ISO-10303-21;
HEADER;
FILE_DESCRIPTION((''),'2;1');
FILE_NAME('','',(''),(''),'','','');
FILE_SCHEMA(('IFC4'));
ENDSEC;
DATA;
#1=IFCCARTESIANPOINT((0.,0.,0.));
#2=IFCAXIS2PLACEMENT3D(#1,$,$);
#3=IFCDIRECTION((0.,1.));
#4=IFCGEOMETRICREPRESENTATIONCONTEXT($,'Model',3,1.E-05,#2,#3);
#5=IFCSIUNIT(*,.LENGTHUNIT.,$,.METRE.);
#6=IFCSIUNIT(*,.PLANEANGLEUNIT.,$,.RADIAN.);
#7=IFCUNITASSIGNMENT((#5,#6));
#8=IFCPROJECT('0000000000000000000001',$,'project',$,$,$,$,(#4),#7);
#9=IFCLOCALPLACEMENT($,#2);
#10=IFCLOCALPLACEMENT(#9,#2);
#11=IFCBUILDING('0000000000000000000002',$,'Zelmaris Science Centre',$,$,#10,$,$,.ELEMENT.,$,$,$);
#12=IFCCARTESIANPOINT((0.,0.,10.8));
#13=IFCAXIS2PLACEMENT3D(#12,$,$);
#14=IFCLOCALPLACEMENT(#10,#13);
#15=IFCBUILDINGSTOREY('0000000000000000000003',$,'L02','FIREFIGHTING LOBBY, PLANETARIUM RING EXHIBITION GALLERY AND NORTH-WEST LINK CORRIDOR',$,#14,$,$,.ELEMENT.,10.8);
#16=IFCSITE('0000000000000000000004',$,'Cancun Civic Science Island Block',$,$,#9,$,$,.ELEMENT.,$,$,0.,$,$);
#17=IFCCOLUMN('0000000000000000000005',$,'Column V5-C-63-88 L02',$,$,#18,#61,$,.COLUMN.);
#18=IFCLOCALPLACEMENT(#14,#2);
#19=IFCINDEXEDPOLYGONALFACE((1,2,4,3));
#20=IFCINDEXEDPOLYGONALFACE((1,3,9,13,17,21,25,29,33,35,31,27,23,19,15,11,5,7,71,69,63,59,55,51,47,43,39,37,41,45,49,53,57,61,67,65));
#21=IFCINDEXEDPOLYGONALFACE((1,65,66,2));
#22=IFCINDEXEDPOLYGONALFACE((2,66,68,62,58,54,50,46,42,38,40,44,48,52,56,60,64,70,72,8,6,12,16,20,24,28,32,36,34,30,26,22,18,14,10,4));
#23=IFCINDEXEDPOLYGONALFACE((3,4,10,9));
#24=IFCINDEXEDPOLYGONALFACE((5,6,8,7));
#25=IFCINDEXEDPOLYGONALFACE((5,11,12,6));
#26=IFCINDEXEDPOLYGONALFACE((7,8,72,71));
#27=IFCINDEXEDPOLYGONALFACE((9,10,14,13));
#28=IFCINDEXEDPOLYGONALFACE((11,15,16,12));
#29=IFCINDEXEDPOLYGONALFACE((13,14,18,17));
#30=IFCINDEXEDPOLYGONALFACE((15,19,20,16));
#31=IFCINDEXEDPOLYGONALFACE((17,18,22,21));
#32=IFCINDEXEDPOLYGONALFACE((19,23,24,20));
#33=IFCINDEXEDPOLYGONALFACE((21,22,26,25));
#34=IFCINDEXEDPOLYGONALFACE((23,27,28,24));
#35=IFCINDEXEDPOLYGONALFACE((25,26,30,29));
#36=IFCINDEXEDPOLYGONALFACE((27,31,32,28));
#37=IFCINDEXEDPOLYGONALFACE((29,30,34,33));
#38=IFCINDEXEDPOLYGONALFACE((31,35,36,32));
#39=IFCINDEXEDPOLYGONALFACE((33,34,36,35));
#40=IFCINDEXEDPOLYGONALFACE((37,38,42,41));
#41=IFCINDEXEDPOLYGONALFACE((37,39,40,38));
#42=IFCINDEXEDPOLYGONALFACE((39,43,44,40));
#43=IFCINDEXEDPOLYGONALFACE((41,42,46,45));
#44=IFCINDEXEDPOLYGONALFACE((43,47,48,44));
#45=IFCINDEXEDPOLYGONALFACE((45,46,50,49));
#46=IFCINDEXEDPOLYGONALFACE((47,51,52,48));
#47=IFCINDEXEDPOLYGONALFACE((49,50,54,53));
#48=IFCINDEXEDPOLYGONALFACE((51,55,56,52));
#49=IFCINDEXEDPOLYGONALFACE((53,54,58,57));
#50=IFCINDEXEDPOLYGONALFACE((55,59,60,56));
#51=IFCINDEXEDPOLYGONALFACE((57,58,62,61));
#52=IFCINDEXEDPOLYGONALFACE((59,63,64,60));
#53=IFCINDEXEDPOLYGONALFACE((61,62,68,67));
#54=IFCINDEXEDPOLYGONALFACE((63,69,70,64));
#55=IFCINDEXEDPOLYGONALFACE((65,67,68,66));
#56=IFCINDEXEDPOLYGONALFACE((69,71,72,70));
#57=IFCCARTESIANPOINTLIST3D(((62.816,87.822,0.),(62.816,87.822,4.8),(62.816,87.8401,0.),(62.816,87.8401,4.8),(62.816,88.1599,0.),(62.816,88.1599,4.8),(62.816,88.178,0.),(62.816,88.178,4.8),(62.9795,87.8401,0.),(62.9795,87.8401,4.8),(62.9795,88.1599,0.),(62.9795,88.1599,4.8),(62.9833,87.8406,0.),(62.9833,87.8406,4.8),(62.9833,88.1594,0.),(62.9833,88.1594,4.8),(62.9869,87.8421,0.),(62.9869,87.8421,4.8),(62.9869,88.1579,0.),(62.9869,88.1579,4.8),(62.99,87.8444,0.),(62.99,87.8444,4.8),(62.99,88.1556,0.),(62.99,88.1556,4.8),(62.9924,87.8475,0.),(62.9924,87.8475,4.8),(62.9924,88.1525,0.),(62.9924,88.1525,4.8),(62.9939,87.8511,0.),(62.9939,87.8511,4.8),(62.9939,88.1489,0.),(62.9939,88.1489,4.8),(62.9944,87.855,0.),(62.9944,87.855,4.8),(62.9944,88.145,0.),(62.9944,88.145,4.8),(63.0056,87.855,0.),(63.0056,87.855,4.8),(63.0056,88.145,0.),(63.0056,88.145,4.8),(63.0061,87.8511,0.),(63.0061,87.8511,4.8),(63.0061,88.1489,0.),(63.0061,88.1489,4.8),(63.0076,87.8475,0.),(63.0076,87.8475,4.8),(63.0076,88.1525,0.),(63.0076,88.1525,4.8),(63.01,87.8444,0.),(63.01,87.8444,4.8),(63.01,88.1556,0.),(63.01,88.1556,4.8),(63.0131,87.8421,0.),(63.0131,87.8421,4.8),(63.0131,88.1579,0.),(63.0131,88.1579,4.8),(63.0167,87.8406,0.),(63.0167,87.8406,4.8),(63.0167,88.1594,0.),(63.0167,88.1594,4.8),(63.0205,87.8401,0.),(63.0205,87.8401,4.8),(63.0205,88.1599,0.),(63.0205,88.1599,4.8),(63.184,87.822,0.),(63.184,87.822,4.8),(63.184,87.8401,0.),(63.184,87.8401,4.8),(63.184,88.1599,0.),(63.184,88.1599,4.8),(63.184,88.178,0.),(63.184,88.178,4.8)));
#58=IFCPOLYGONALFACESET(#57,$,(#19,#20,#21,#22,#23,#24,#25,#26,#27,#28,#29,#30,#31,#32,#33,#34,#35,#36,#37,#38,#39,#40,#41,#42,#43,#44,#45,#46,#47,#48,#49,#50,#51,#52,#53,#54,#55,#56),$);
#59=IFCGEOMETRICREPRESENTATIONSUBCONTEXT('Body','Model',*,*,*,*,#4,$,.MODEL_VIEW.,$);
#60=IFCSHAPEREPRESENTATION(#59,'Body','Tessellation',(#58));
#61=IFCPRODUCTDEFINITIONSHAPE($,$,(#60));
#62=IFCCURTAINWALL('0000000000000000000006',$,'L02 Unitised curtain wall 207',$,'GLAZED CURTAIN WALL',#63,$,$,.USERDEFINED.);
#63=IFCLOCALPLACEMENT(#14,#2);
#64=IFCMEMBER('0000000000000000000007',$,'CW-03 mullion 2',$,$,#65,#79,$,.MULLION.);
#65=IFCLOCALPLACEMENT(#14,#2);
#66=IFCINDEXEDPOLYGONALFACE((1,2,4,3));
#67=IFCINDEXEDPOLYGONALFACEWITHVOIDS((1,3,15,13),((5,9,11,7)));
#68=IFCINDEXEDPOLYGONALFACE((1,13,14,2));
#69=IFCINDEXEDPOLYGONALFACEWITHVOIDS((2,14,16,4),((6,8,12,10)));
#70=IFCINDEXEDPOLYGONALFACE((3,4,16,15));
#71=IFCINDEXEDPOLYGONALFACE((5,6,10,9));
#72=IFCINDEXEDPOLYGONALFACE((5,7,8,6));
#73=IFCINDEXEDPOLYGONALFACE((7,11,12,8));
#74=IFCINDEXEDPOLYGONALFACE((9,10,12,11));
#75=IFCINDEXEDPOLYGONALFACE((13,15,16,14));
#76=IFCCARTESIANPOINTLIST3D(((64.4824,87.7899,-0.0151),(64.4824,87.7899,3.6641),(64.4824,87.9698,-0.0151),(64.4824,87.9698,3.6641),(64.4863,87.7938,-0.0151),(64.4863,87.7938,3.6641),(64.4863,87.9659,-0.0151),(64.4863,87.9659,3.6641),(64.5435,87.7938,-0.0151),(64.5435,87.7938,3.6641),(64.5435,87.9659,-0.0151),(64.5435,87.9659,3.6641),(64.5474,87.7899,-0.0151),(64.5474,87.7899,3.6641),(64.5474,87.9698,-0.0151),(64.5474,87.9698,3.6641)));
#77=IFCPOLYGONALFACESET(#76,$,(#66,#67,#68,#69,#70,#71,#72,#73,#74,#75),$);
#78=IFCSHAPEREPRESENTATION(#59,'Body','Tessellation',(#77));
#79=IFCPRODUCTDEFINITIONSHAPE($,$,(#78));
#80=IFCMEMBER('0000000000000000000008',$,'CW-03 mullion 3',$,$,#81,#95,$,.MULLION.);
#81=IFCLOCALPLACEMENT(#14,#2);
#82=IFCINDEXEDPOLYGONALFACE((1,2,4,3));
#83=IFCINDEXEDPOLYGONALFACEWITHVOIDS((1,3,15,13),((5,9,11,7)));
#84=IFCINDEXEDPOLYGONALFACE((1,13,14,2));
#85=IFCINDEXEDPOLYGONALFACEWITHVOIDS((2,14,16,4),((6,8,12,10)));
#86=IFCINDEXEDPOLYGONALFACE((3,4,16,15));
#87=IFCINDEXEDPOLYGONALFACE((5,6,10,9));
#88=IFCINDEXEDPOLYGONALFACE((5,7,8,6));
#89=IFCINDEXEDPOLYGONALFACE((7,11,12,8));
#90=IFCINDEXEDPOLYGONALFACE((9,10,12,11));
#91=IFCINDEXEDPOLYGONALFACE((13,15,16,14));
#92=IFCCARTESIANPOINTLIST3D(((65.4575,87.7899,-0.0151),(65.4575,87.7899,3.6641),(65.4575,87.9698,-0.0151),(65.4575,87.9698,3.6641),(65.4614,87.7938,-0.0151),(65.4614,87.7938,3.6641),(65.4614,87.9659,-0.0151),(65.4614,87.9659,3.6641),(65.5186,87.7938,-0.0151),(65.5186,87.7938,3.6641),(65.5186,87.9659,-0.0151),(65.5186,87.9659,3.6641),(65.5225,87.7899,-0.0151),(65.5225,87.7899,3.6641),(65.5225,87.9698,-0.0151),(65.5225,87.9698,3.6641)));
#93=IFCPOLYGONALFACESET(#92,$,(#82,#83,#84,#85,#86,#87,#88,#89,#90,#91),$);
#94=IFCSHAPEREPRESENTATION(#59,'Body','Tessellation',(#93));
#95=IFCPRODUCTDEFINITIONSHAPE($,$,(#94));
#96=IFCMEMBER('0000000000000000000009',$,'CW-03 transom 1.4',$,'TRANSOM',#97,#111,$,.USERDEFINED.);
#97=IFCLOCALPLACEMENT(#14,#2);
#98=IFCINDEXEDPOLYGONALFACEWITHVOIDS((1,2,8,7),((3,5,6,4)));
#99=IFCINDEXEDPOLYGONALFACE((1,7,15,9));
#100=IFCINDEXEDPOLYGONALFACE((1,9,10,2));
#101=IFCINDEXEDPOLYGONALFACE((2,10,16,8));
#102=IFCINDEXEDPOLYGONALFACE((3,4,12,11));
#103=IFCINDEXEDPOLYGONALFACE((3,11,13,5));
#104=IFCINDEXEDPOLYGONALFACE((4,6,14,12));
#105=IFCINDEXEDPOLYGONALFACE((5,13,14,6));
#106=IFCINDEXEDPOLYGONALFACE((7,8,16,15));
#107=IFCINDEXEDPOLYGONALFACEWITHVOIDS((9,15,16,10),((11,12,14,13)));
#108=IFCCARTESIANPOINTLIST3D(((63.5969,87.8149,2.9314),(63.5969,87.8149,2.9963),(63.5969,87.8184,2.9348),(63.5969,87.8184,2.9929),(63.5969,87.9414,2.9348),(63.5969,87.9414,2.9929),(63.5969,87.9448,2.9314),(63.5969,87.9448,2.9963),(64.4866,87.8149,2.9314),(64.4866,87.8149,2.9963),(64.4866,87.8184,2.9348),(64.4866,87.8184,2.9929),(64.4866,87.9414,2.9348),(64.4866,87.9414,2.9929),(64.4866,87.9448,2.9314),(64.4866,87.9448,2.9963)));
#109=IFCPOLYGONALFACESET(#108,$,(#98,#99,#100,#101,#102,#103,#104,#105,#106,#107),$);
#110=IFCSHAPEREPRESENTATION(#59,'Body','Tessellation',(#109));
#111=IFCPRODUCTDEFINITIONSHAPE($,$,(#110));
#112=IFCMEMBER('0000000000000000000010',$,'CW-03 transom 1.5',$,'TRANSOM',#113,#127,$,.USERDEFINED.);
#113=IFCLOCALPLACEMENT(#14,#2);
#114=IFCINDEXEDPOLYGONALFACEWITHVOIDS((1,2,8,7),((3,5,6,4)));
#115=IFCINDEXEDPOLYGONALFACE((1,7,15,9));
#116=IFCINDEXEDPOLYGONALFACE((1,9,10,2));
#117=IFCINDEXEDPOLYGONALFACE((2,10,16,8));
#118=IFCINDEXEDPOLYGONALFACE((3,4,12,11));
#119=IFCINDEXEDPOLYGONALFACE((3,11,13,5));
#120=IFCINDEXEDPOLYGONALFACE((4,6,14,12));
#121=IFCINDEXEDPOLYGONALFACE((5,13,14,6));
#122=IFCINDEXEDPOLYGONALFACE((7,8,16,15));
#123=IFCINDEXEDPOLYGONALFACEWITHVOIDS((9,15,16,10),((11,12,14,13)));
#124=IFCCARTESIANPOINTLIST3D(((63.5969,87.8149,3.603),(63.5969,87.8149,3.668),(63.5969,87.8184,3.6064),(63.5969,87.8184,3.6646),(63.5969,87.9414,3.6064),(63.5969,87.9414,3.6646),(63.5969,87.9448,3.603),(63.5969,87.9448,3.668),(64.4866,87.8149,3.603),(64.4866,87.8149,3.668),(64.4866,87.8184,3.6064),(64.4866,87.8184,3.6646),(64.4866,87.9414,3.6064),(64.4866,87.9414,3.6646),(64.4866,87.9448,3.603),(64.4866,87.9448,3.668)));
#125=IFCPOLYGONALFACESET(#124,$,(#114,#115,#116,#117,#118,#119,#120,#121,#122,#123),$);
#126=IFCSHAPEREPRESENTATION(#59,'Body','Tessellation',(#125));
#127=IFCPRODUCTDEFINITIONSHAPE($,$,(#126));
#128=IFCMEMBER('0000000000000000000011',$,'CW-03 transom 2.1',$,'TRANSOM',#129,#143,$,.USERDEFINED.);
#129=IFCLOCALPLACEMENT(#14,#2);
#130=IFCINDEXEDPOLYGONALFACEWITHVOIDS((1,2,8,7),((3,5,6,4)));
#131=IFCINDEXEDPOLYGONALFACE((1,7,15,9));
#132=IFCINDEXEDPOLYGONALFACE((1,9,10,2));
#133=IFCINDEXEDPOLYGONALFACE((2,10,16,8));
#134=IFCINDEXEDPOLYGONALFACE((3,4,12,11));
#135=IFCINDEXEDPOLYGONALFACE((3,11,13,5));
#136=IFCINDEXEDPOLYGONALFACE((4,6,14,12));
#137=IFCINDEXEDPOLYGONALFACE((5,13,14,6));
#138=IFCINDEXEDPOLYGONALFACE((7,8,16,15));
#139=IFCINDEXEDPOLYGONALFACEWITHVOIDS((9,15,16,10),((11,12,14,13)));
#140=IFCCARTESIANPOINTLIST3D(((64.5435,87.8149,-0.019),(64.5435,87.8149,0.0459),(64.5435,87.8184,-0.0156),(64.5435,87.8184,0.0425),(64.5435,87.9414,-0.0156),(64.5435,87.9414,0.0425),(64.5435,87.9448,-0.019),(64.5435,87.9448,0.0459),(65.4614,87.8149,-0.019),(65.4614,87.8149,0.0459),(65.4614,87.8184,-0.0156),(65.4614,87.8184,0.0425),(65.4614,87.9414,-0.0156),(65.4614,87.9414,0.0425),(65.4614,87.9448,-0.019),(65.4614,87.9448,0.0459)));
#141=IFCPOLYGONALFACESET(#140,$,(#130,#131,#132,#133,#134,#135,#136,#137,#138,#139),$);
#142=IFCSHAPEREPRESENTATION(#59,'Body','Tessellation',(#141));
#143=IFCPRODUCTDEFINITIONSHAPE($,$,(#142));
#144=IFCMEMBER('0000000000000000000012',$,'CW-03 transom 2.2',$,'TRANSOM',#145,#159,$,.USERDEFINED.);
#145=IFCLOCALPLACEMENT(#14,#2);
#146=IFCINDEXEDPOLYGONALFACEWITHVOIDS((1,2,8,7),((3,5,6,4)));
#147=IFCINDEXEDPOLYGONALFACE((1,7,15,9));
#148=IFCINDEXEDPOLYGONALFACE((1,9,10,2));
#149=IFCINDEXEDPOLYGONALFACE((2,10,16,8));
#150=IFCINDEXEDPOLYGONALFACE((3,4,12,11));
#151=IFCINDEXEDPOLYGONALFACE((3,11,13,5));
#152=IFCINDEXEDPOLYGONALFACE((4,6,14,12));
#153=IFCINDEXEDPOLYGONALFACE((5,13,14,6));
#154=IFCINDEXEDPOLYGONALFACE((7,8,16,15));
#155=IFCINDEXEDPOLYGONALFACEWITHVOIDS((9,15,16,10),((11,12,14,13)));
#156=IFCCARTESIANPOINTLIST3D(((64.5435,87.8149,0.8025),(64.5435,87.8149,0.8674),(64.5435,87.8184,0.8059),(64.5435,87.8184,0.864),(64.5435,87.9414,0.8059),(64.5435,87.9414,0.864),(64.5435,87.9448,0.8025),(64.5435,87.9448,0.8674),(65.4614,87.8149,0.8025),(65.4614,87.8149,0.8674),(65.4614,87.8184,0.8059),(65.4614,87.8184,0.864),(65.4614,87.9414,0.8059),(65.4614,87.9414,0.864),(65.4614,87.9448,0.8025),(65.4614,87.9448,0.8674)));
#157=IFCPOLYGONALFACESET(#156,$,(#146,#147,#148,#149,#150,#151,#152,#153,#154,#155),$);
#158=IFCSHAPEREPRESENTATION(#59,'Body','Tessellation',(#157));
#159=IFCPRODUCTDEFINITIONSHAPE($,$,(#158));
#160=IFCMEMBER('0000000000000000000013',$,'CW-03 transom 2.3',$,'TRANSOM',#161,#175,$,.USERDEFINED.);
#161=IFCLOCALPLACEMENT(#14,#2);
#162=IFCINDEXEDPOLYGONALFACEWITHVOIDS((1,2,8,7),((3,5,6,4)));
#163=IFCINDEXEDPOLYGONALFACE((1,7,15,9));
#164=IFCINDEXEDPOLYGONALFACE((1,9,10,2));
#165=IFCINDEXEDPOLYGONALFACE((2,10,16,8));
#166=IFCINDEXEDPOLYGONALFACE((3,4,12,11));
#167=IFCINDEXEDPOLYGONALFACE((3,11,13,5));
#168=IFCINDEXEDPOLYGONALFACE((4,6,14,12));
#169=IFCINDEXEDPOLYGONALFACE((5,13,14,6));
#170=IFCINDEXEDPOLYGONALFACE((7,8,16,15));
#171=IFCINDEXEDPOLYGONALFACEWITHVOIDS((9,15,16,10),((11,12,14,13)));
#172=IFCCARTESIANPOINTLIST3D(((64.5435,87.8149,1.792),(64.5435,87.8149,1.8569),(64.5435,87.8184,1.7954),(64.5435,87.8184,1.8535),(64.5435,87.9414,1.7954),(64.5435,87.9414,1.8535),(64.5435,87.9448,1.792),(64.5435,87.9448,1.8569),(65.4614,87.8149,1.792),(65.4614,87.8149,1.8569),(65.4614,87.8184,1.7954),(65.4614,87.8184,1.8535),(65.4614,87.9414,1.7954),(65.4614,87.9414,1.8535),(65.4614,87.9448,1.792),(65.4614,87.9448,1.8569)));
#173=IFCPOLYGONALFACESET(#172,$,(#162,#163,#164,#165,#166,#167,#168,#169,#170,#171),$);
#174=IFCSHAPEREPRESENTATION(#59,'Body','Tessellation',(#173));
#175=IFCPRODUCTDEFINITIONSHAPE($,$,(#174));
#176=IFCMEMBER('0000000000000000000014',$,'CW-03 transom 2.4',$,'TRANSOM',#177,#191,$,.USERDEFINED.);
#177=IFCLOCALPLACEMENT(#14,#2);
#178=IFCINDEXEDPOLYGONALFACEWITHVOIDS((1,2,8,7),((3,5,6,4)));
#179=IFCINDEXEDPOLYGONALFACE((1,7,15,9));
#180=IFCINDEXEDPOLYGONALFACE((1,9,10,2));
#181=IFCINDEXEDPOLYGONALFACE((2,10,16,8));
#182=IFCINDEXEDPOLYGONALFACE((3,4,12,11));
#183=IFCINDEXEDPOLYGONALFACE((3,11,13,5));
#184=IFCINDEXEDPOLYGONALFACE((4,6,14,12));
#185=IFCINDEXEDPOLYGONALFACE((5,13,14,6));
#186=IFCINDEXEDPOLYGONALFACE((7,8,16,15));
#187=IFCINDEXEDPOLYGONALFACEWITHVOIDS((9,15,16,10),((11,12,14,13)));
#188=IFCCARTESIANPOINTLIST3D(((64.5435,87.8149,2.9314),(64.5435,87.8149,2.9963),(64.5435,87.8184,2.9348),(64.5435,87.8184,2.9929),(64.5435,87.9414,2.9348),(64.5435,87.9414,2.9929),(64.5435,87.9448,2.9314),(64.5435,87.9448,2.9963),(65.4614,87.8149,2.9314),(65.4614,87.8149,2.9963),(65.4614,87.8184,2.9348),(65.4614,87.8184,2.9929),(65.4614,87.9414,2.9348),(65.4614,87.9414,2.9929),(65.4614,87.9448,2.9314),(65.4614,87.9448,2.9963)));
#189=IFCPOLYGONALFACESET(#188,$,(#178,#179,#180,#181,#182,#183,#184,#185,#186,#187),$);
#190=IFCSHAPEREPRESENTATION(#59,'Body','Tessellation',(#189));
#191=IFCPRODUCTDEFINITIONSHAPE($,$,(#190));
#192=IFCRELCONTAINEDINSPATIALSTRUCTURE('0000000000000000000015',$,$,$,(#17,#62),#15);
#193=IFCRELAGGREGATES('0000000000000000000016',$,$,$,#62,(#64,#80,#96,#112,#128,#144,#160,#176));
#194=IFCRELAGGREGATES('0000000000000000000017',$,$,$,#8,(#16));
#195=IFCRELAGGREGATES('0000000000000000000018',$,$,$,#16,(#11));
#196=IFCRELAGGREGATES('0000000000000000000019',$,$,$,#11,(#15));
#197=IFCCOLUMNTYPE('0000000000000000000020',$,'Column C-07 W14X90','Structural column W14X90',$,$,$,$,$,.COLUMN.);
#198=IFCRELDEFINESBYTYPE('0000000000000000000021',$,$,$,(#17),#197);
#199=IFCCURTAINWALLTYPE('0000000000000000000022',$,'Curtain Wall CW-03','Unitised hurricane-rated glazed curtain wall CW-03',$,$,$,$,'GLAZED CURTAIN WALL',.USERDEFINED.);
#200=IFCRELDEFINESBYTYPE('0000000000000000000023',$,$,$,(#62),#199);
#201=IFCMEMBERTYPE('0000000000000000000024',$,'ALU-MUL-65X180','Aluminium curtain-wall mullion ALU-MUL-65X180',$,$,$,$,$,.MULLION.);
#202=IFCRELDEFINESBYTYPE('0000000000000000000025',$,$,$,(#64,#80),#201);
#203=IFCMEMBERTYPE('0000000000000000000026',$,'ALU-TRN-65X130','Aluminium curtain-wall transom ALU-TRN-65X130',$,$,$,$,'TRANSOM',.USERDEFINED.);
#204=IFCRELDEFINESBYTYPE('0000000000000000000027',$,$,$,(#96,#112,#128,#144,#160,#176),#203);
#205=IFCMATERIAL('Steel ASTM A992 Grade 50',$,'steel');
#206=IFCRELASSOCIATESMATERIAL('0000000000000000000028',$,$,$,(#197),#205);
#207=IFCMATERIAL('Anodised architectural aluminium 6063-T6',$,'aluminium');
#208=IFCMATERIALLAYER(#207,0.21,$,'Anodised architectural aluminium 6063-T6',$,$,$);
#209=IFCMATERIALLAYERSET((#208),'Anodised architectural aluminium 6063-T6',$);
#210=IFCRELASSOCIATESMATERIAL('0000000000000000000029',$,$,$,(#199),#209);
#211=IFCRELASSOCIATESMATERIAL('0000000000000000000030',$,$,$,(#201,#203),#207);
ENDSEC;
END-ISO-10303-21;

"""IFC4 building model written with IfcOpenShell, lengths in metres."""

from ifc_helpers import new_model, si_unit, direction, frame, origin, origin_2d, place, context, subcontext, project, spatial, hollow_rectangle, i_section, extrude, material, layer, layer_set, material_profile, profile_set, type_object, element, aggregate, save


model = new_model("IFC4")

# Units and contexts
model_context = context("Model", 3, precision=1e-05, world=origin(), true_north=direction((0.0, 1.0)))
body_context = subcontext(model_context, "Body", "Model", "MODEL_VIEW")
ifc_project = project(units=[si_unit("LENGTHUNIT", "METRE"), si_unit("PLANEANGLEUNIT", "RADIAN")], contexts=[model_context])

# Site, building, storey
site_placement = place(None, origin())
site = spatial("IfcSite", under=ifc_project, at=site_placement, Name="Cancun Civic Science Island Block", CompositionType="ELEMENT", RefElevation=0.0)
building_placement = place(site_placement, origin())
building = spatial("IfcBuilding", under=site, at=building_placement, Name="Zelmaris Science Centre", CompositionType="ELEMENT")
storey_placement = place(building_placement, frame((0.0, 0.0, 10.8)))
storey = spatial("IfcBuildingStorey", under=building, at=storey_placement, Name="L02", Description="FIREFIGHTING LOBBY, PLANETARIUM RING EXHIBITION GALLERY AND NORTH-WEST LINK CORRIDOR", CompositionType="ELEMENT", Elevation=10.8)

# Column
ifc_material_1 = material(Name="Steel ASTM A992 Grade 50", Category="steel")
ifc_material_profile_1 = material_profile(ifc_material_1, i_section(OverallWidth=0.3679, OverallDepth=0.356, WebThickness=0.0112, FlangeThickness=0.0181, FilletRadius=0.0149, at=origin_2d()), Name="W14X90")
ifc_profile_set_1 = profile_set([ifc_material_profile_1], Name="Steel ASTM A992 Grade 50")
column_type = type_object("IfcColumnType", Name="Column C-07 W14X90", Description="Structural column W14X90", PredefinedType="COLUMN", material=ifc_profile_set_1)
column_placement = place(storey_placement, frame((63.0, 88.0, 0.0), z_axis=(0.0, 0.0, 1.0), x_axis=(1.0, 0.0, 0.0)))
element("IfcColumn", 1, at=column_placement, inside=storey, type_object=column_type, Name="Column V5-C-63-88 L02", PredefinedType="COLUMN", context=body_context, shape_type="SweptSolid", body=[
    extrude(i_section(OverallWidth=0.3679, OverallDepth=0.356, WebThickness=0.0112, FlangeThickness=0.0181, FilletRadius=0.0149, at=origin_2d()), origin(), (0.0, 0.0, 1.0), 4.8),
])

# Curtain wall, members
ifc_material_2 = material(Name="Anodised architectural aluminium 6063-T6", Category="aluminium")
ifc_layer_1 = layer(ifc_material_2, 0.21, Name="Anodised architectural aluminium 6063-T6")
ifc_layer_set_1 = layer_set([ifc_layer_1], Name="Anodised architectural aluminium 6063-T6")
curtain_wall_type = type_object("IfcCurtainWallType", Name="Curtain Wall CW-03", Description="Unitised hurricane-rated glazed curtain wall CW-03", ElementType="GLAZED CURTAIN WALL", PredefinedType="USERDEFINED", material=ifc_layer_set_1)
curtain_wall_placement = place(storey_placement, origin())
curtain_wall = element("IfcCurtainWall", 2, at=curtain_wall_placement, inside=storey, type_object=curtain_wall_type, Name="L02 Unitised curtain wall 207", ObjectType="GLAZED CURTAIN WALL", PredefinedType="USERDEFINED")
ifc_material_profile_2 = material_profile(ifc_material_2, hollow_rectangle(XDim=0.0649, YDim=0.1799, WallThickness=0.0039, at=origin_2d()), Name="ALU-MUL-65X180")
ifc_profile_set_2 = profile_set([ifc_material_profile_2], Name="Anodised architectural aluminium 6063-T6")
member_type_1 = type_object("IfcMemberType", Name="ALU-MUL-65X180", Description="Aluminium curtain-wall mullion ALU-MUL-65X180", PredefinedType="MULLION", material=ifc_profile_set_2)
member_1_placement = place(storey_placement, frame((64.5149, 87.8799, -0.0151), z_axis=(0.0, 0.0, 1.0), x_axis=(1.0, 0.0, 0.0)))
member_1 = element("IfcMember", 3, at=member_1_placement, type_object=member_type_1, Name="CW-03 mullion 2", PredefinedType="MULLION", context=body_context, shape_type="SweptSolid", body=[
    extrude(hollow_rectangle(XDim=0.0649, YDim=0.1799, WallThickness=0.0039, at=origin_2d()), origin(), (0.0, 0.0, 1.0), 3.6792),
])
member_2_placement = place(storey_placement, frame((65.49, 87.8799, -0.0151), z_axis=(0.0, 0.0, 1.0), x_axis=(1.0, 0.0, 0.0)))
member_2 = element("IfcMember", 4, at=member_2_placement, type_object=member_type_1, Name="CW-03 mullion 3", PredefinedType="MULLION", context=body_context, shape_type="SweptSolid", body=[
    extrude(hollow_rectangle(XDim=0.0649, YDim=0.1799, WallThickness=0.0039, at=origin_2d()), origin(), (0.0, 0.0, 1.0), 3.6792),
])
ifc_material_profile_3 = material_profile(ifc_material_2, hollow_rectangle(XDim=0.0649, YDim=0.1299, WallThickness=0.0034, at=origin_2d()), Name="ALU-TRN-65X130")
ifc_profile_set_3 = profile_set([ifc_material_profile_3], Name="Anodised architectural aluminium 6063-T6")
member_type_2 = type_object("IfcMemberType", Name="ALU-TRN-65X130", Description="Aluminium curtain-wall transom ALU-TRN-65X130", ElementType="TRANSOM", PredefinedType="USERDEFINED", material=ifc_profile_set_3)
member_3_placement = place(storey_placement, frame((63.5969, 87.8799, 2.9639), z_axis=(1.0, 0.0, 0.0), x_axis=(0.0, 0.0, 1.0)))
member_3 = element("IfcMember", 5, at=member_3_placement, type_object=member_type_2, Name="CW-03 transom 1.4", ObjectType="TRANSOM", PredefinedType="USERDEFINED", context=body_context, shape_type="SweptSolid", body=[
    extrude(hollow_rectangle(XDim=0.0649, YDim=0.1299, WallThickness=0.0034, at=origin_2d()), origin(), (0.0, 0.0, 1.0), 0.8896),
])
member_4_placement = place(storey_placement, frame((63.5969, 87.8799, 3.6355), z_axis=(1.0, 0.0, 0.0), x_axis=(0.0, 0.0, 1.0)))
member_4 = element("IfcMember", 6, at=member_4_placement, type_object=member_type_2, Name="CW-03 transom 1.5", ObjectType="TRANSOM", PredefinedType="USERDEFINED", context=body_context, shape_type="SweptSolid", body=[
    extrude(hollow_rectangle(XDim=0.0649, YDim=0.1299, WallThickness=0.0034, at=origin_2d()), origin(), (0.0, 0.0, 1.0), 0.8896),
])
member_5_placement = place(storey_placement, frame((64.5435, 87.8799, 0.0134), z_axis=(1.0, 0.0, 0.0), x_axis=(0.0, 0.0, 1.0)))
member_5 = element("IfcMember", 7, at=member_5_placement, type_object=member_type_2, Name="CW-03 transom 2.1", ObjectType="TRANSOM", PredefinedType="USERDEFINED", context=body_context, shape_type="SweptSolid", body=[
    extrude(hollow_rectangle(XDim=0.0649, YDim=0.1299, WallThickness=0.0034, at=origin_2d()), origin(), (0.0, 0.0, 1.0), 0.918),
])
member_6_placement = place(storey_placement, frame((64.5435, 87.8799, 0.835), z_axis=(1.0, 0.0, 0.0), x_axis=(0.0, 0.0, 1.0)))
member_6 = element("IfcMember", 8, at=member_6_placement, type_object=member_type_2, Name="CW-03 transom 2.2", ObjectType="TRANSOM", PredefinedType="USERDEFINED", context=body_context, shape_type="SweptSolid", body=[
    extrude(hollow_rectangle(XDim=0.0649, YDim=0.1299, WallThickness=0.0034, at=origin_2d()), origin(), (0.0, 0.0, 1.0), 0.918),
])
member_7_placement = place(storey_placement, frame((64.5435, 87.8799, 1.8245), z_axis=(1.0, 0.0, 0.0), x_axis=(0.0, 0.0, 1.0)))
member_7 = element("IfcMember", 9, at=member_7_placement, type_object=member_type_2, Name="CW-03 transom 2.3", ObjectType="TRANSOM", PredefinedType="USERDEFINED", context=body_context, shape_type="SweptSolid", body=[
    extrude(hollow_rectangle(XDim=0.0649, YDim=0.1299, WallThickness=0.0034, at=origin_2d()), origin(), (0.0, 0.0, 1.0), 0.918),
])
member_8_placement = place(storey_placement, frame((64.5435, 87.8799, 2.9639), z_axis=(1.0, 0.0, 0.0), x_axis=(0.0, 0.0, 1.0)))
member_8 = element("IfcMember", 10, at=member_8_placement, type_object=member_type_2, Name="CW-03 transom 2.4", ObjectType="TRANSOM", PredefinedType="USERDEFINED", context=body_context, shape_type="SweptSolid", body=[
    extrude(hollow_rectangle(XDim=0.0649, YDim=0.1299, WallThickness=0.0034, at=origin_2d()), origin(), (0.0, 0.0, 1.0), 0.918),
])

aggregate(curtain_wall, [member_1, member_2, member_3, member_4, member_5, member_6, member_7, member_8])

save(model, "model.ifc")
